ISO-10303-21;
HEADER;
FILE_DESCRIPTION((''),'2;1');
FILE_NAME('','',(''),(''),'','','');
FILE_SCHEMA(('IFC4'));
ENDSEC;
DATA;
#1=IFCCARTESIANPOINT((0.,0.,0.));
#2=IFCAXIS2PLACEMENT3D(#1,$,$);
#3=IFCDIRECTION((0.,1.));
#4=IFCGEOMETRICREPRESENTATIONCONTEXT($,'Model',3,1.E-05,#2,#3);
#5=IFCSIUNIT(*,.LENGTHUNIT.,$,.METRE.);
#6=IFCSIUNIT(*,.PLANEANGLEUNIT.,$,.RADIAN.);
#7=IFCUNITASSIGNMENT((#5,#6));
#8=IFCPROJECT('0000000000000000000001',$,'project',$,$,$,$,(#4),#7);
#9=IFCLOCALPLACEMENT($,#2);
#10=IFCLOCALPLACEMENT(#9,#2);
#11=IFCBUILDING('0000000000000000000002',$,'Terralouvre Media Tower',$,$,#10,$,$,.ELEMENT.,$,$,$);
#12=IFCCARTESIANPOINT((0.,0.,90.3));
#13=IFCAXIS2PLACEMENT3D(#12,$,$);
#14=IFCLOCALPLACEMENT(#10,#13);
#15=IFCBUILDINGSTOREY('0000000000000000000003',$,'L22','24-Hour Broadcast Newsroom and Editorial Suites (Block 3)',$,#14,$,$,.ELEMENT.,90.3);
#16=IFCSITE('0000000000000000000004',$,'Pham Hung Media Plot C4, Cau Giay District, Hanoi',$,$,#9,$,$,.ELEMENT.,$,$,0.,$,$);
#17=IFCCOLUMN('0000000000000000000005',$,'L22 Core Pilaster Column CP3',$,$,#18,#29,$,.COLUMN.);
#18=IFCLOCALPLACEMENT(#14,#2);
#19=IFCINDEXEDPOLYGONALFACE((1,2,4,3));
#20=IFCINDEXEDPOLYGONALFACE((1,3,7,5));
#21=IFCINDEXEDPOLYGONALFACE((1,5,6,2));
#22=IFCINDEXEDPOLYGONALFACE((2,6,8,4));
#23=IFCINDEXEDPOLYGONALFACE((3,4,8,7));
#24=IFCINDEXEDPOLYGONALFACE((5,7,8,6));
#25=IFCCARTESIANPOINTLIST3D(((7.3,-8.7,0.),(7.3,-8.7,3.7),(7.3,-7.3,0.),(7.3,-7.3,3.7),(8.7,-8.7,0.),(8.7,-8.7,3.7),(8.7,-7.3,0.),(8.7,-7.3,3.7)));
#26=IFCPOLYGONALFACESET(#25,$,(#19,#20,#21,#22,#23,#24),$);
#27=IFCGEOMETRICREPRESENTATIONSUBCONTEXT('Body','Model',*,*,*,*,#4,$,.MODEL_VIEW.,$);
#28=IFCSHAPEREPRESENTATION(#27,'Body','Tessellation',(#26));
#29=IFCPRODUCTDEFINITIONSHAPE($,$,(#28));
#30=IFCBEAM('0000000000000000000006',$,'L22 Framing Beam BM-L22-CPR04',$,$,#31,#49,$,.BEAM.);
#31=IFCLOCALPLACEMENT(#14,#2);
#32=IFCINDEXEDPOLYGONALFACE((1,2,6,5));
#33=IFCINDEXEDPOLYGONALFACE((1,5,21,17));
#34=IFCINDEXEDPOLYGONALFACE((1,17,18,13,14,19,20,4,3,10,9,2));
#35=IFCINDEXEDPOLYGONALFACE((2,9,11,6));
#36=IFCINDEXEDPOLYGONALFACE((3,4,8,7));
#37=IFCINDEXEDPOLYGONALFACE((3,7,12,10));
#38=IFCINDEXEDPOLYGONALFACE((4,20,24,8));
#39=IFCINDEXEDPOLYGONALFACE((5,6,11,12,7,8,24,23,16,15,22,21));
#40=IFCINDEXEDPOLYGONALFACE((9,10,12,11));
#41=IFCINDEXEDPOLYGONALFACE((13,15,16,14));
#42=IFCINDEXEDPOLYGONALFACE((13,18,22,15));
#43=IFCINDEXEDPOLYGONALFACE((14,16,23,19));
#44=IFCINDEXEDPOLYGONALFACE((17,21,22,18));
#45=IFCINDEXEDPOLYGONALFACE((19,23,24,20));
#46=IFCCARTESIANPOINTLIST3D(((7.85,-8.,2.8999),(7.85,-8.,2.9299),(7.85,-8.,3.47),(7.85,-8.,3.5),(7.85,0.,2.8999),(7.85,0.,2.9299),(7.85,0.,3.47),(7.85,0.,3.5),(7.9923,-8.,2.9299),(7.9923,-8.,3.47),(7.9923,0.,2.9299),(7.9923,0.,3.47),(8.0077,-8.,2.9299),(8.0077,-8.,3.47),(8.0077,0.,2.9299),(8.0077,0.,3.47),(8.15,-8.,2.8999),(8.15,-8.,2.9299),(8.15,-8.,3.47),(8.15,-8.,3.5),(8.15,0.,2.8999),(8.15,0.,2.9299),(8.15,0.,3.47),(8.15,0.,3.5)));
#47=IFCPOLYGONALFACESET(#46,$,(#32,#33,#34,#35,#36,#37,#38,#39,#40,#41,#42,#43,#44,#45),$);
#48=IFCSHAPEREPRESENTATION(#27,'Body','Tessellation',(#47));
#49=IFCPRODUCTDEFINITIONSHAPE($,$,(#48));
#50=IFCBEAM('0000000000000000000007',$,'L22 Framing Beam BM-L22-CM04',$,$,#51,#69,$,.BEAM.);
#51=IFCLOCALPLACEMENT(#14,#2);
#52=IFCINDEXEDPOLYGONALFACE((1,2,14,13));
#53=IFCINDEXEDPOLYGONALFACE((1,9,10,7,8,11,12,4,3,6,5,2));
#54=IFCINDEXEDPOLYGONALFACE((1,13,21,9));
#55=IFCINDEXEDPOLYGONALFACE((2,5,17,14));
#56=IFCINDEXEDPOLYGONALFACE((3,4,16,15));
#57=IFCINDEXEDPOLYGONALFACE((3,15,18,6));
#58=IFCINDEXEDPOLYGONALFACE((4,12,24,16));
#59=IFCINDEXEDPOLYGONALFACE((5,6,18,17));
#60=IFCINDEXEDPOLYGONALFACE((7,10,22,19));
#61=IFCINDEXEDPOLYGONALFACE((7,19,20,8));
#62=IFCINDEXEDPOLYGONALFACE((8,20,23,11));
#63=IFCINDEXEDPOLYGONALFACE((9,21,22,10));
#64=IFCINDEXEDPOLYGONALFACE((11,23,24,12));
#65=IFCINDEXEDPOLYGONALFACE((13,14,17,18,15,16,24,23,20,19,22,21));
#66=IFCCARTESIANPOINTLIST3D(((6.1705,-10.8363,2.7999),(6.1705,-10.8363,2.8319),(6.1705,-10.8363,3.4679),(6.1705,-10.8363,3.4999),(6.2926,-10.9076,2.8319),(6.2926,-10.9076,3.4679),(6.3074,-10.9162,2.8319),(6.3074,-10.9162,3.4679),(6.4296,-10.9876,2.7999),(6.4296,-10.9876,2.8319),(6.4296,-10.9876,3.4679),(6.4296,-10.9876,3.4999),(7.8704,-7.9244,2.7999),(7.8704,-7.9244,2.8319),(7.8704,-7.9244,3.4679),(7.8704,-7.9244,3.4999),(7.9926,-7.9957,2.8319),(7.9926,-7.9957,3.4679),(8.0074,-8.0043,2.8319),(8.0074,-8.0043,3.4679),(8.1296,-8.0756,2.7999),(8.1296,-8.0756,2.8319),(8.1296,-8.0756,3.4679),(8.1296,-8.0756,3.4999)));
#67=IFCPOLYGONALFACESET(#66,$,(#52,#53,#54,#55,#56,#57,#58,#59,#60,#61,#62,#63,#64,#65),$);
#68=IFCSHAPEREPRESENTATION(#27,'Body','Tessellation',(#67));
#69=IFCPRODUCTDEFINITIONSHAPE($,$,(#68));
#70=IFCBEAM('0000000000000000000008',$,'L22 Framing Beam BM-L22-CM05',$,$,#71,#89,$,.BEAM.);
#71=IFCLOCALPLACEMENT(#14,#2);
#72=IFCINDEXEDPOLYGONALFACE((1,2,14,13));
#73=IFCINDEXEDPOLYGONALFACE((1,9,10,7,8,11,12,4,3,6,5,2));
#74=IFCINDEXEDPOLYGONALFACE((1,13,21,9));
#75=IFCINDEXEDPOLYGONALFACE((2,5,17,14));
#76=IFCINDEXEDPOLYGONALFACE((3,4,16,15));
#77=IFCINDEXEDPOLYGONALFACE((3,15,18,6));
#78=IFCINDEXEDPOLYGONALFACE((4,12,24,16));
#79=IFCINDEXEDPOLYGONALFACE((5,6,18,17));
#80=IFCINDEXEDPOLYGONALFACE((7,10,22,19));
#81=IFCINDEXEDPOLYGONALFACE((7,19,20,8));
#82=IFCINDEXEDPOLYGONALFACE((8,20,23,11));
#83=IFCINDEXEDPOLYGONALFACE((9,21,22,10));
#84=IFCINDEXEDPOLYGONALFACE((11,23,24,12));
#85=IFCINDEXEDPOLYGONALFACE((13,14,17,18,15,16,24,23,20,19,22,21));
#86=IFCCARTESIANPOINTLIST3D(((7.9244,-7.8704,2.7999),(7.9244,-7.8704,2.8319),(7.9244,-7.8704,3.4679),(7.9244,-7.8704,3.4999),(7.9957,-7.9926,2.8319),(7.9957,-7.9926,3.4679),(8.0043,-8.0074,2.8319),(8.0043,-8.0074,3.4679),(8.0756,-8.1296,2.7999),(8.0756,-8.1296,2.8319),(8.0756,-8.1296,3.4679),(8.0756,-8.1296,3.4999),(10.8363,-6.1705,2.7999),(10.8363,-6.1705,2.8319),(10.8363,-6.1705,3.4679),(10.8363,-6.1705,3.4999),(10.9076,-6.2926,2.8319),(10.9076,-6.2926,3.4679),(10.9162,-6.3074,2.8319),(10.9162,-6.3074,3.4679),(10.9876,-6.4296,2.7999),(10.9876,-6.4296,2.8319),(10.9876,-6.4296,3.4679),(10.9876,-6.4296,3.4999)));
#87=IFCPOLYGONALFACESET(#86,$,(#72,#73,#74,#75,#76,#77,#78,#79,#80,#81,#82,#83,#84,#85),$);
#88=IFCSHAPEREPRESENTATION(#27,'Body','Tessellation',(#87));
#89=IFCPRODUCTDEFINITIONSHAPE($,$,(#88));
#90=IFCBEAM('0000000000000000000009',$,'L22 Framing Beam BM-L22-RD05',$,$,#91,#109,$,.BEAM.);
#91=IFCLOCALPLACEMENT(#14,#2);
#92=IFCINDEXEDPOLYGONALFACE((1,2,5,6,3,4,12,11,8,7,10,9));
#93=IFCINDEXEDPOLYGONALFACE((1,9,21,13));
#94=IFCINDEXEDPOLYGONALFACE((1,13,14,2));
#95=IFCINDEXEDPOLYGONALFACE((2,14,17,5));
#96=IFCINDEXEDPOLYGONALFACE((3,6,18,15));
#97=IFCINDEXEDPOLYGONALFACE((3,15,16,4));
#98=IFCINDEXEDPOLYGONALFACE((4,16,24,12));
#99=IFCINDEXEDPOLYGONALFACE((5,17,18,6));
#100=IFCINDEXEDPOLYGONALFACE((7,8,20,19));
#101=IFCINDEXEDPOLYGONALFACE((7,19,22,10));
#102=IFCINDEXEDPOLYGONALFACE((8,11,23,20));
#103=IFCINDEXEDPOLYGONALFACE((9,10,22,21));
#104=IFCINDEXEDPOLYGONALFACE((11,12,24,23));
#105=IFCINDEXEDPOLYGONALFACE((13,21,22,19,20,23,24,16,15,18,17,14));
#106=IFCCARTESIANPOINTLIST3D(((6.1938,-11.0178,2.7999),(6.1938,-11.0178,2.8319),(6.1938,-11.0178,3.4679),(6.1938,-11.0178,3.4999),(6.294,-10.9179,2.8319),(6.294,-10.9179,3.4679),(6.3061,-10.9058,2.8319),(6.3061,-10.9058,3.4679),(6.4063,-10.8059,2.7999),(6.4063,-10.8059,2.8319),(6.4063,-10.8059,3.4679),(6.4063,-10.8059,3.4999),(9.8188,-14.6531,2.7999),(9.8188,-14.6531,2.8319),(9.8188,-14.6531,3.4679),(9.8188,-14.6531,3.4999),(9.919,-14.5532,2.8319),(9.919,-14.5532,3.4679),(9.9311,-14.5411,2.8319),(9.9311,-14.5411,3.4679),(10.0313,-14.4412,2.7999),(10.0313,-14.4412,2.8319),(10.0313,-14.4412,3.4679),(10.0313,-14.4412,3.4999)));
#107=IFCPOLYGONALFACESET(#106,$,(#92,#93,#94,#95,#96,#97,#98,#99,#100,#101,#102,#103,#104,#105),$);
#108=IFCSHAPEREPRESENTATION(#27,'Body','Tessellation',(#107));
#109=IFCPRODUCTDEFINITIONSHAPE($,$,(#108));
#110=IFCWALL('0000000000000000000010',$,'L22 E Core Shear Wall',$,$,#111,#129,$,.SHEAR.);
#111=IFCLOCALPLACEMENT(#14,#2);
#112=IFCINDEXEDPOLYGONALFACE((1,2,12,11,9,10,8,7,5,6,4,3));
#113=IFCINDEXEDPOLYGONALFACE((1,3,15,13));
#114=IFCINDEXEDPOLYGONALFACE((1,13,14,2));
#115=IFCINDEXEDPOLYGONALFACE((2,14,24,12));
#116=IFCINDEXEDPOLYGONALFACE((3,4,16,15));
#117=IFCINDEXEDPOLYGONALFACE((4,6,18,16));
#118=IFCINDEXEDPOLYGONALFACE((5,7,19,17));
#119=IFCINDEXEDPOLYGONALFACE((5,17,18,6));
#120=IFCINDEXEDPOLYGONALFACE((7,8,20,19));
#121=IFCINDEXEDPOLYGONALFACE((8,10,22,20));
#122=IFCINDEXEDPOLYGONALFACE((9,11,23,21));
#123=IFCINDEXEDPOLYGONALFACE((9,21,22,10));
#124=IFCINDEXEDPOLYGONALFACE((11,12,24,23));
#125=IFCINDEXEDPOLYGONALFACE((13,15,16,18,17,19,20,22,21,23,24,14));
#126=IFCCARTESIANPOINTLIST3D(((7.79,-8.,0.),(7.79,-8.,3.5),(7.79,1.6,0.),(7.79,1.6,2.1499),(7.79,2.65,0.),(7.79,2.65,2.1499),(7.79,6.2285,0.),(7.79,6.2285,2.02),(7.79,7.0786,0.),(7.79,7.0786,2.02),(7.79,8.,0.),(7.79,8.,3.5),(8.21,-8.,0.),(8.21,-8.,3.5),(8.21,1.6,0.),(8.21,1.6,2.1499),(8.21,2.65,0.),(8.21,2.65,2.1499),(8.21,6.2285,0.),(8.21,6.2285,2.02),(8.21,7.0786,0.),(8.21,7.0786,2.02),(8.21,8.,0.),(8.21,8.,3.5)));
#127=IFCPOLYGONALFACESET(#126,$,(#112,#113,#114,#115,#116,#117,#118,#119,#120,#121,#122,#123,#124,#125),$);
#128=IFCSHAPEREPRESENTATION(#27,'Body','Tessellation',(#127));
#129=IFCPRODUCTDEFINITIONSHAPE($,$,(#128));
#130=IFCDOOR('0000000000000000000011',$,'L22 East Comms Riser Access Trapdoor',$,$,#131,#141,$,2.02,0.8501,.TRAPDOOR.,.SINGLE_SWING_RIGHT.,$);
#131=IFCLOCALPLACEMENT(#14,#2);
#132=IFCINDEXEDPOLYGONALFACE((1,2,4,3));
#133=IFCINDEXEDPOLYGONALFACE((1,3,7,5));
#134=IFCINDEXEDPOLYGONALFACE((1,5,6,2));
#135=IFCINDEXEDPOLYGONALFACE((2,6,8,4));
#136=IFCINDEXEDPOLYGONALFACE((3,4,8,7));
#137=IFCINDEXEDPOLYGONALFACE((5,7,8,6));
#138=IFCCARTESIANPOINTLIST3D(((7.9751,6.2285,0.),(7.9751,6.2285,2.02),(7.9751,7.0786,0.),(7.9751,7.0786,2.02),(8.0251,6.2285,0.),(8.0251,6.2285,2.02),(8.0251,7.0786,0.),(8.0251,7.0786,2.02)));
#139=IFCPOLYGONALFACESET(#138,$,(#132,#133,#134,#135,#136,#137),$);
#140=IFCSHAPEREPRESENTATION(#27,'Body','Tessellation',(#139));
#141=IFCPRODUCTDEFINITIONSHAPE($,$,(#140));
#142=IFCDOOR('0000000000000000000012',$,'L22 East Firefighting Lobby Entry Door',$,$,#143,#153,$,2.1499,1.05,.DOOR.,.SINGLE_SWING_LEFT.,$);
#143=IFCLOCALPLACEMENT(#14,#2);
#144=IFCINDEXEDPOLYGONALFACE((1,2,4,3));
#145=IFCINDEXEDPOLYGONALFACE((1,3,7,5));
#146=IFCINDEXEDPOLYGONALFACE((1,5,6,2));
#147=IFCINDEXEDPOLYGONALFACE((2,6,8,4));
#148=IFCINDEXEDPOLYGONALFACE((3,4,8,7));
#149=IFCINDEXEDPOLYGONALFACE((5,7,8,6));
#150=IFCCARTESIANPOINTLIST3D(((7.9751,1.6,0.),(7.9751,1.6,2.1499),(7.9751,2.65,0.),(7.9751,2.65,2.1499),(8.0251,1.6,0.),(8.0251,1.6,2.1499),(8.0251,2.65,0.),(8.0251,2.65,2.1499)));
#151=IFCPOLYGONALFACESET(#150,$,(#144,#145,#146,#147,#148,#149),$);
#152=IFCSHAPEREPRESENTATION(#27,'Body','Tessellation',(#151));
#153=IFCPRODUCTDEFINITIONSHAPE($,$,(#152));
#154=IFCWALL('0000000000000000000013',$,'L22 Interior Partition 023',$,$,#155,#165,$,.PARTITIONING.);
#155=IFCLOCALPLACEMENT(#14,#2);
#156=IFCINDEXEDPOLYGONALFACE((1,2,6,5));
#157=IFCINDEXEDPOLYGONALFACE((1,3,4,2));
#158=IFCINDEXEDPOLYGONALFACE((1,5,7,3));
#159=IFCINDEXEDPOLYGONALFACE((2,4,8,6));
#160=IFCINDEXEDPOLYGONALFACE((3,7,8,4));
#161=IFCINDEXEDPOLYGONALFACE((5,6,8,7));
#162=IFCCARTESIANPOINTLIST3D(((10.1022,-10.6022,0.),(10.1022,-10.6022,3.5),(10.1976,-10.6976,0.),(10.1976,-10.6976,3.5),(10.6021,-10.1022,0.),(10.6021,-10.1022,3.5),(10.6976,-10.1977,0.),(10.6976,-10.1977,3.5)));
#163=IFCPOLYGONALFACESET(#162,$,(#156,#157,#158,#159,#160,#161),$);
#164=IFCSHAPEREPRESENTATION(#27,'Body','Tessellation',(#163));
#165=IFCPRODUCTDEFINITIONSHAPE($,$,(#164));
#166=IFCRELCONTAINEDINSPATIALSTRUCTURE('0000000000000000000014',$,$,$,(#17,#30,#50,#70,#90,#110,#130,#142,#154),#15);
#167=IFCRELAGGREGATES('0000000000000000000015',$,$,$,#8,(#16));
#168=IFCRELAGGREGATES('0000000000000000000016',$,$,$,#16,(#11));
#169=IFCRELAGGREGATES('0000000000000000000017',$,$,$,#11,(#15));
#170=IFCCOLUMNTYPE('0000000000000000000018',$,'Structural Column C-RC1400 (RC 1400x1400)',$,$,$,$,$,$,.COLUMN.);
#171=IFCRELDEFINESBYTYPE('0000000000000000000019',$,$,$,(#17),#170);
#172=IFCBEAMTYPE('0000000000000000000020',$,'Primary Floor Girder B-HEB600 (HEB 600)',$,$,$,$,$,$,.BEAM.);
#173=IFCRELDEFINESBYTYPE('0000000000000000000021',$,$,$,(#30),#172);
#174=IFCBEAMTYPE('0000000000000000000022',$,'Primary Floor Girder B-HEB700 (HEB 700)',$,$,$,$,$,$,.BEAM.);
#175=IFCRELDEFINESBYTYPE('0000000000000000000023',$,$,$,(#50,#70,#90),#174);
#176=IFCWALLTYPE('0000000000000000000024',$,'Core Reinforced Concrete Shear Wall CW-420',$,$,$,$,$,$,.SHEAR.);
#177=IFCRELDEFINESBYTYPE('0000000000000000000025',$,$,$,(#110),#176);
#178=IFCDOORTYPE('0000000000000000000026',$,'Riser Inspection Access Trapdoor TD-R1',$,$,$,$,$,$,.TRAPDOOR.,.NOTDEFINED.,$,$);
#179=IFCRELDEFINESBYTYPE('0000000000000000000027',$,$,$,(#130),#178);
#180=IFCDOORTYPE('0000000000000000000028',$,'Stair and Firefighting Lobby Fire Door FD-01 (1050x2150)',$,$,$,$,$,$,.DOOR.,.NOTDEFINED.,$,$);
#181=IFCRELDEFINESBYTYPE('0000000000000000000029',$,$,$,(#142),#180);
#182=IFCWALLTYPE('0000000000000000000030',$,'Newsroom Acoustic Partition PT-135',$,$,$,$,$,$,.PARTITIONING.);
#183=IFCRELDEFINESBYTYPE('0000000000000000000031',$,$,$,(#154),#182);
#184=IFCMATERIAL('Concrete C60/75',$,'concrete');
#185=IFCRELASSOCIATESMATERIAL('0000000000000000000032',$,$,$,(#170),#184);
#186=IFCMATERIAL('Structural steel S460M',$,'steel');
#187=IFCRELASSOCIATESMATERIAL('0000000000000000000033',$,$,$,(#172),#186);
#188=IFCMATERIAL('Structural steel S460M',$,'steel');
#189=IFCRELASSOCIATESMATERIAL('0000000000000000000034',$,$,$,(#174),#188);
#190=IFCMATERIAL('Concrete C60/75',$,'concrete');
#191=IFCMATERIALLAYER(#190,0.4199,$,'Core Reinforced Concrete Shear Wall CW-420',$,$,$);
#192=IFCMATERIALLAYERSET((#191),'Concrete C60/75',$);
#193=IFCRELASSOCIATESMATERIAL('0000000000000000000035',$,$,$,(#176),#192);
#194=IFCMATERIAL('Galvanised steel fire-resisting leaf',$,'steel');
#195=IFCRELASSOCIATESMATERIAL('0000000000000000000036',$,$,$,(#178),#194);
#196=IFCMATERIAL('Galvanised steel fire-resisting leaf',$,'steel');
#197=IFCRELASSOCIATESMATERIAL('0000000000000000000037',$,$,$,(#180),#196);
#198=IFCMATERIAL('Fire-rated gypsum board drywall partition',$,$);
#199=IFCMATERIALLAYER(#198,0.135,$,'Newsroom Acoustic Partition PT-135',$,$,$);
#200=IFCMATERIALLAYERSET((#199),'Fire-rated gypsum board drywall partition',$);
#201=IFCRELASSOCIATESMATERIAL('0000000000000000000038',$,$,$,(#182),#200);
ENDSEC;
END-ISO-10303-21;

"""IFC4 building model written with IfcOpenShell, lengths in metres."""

from ifc_helpers import new_model, si_unit, direction, frame, frame_2d, origin, origin_2d, place, context, subcontext, project, spatial, rectangle, i_section, extrude, material, layer, layer_set, material_profile, profile_set, type_object, element, fill, save


model = new_model("IFC4")

# Units and contexts
model_context = context("Model", 3, precision=1e-05, world=origin(), true_north=direction((0.0, 1.0)))
body_context = subcontext(model_context, "Body", "Model", "MODEL_VIEW")
ifc_project = project(units=[si_unit("LENGTHUNIT", "METRE"), si_unit("PLANEANGLEUNIT", "RADIAN")], contexts=[model_context])

# Site, building, storey
site_placement = place(None, origin())
site = spatial("IfcSite", under=ifc_project, at=site_placement, Name="Pham Hung Media Plot C4, Cau Giay District, Hanoi", CompositionType="ELEMENT", RefElevation=0.0)
building_placement = place(site_placement, origin())
building = spatial("IfcBuilding", under=site, at=building_placement, Name="Terralouvre Media Tower", CompositionType="ELEMENT")
storey_placement = place(building_placement, frame((0.0, 0.0, 90.3)))
storey = spatial("IfcBuildingStorey", under=building, at=storey_placement, Name="L22", Description="24-Hour Broadcast Newsroom and Editorial Suites (Block 3)", CompositionType="ELEMENT", Elevation=90.3)

# Column
ifc_material_1 = material(Name="Concrete C60/75", Category="concrete")
ifc_material_profile_1 = material_profile(ifc_material_1, rectangle(XDim=1.3999, YDim=1.3999, at=origin_2d()), Name="RC 1400x1400")
ifc_profile_set_1 = profile_set([ifc_material_profile_1], Name="Concrete C60/75")
column_type = type_object("IfcColumnType", Name="Structural Column C-RC1400 (RC 1400x1400)", PredefinedType="COLUMN", material=ifc_profile_set_1)
column_placement = place(storey_placement, frame((8.0, -8.0, 0.0), z_axis=(0.0, 0.0, 1.0), x_axis=(1.0, 0.0, 0.0)))
element("IfcColumn", 1, at=column_placement, inside=storey, type_object=column_type, Name="L22 Core Pilaster Column CP3", PredefinedType="COLUMN", context=body_context, shape_type="SweptSolid", body=[
    extrude(rectangle(XDim=1.3999, YDim=1.3999, at=origin_2d()), origin(), (0.0, 0.0, 1.0), 3.7),
])

# Beams
ifc_material_2 = material(Name="Structural steel S460M", Category="steel")
ifc_material_profile_2 = material_profile(ifc_material_2, i_section(OverallWidth=0.3, OverallDepth=0.6001, WebThickness=0.0154, FlangeThickness=0.03, at=origin_2d()), Name="HEB 600")
ifc_profile_set_2 = profile_set([ifc_material_profile_2], Name="Structural steel S460M")
beam_type_1 = type_object("IfcBeamType", Name="Primary Floor Girder B-HEB600 (HEB 600)", PredefinedType="BEAM", material=ifc_profile_set_2)
beam_1_placement = place(storey_placement, frame((8.0, -8.0, 3.2), z_axis=(0.0, 1.0, 0.0), x_axis=(-1.0, 0.0, 0.0)))
element("IfcBeam", 2, at=beam_1_placement, inside=storey, type_object=beam_type_1, Name="L22 Framing Beam BM-L22-CPR04", PredefinedType="BEAM", context=body_context, shape_type="SweptSolid", body=[
    extrude(i_section(OverallWidth=0.3, OverallDepth=0.6001, WebThickness=0.0154, FlangeThickness=0.03, at=origin_2d()), origin(), (0.0, 0.0, 1.0), 8.0),
])
ifc_material_3 = material(Name="Structural steel S460M", Category="steel")
ifc_material_profile_3 = material_profile(ifc_material_3, i_section(OverallWidth=0.3, OverallDepth=0.7, WebThickness=0.0171, FlangeThickness=0.032, at=origin_2d()), Name="HEB 700")
ifc_profile_set_3 = profile_set([ifc_material_profile_3], Name="Structural steel S460M")
beam_type_2 = type_object("IfcBeamType", Name="Primary Floor Girder B-HEB700 (HEB 700)", PredefinedType="BEAM", material=ifc_profile_set_3)
for number, where, z_axis, x_axis, name in (
    (3, (8.0, -8.0, 3.1499), (-0.504173, -0.863603, 0.0), (0.863603, -0.504173, 0.0), "L22 Framing Beam BM-L22-CM04"),
    (4, (8.0, -8.0, 3.1499), (0.863603, 0.504173, 0.0), (-0.504173, 0.863603, 0.0), "L22 Framing Beam BM-L22-CM05"),
):
    element("IfcBeam", number, at=place(storey_placement, frame(where, z_axis=z_axis, x_axis=x_axis)), inside=storey, type_object=beam_type_2, Name=name, PredefinedType="BEAM", context=body_context, shape_type="SweptSolid", body=[
        extrude(i_section(OverallWidth=0.3, OverallDepth=0.7, WebThickness=0.0171, FlangeThickness=0.032, at=origin_2d()), origin(), (0.0, 0.0, 1.0), 3.3718),
    ])
beam_2_placement = place(storey_placement, frame((6.3, -10.9119, 3.1499), z_axis=(0.706107, -0.708105, 0.0), x_axis=(0.708105, 0.706107, 0.0)))
element("IfcBeam", 5, at=beam_2_placement, inside=storey, type_object=beam_type_2, Name="L22 Framing Beam BM-L22-RD05", PredefinedType="BEAM", context=body_context, shape_type="SweptSolid", body=[
    extrude(i_section(OverallWidth=0.3, OverallDepth=0.7, WebThickness=0.0171, FlangeThickness=0.032, at=origin_2d()), origin(), (0.0, 0.0, 1.0), 5.1338),
])

# Wall, openings, doors
ifc_material_4 = material(Name="Concrete C60/75", Category="concrete")
ifc_layer_1 = layer(ifc_material_4, 0.4199, Name="Core Reinforced Concrete Shear Wall CW-420")
ifc_layer_set_1 = layer_set([ifc_layer_1], Name="Concrete C60/75")
wall_type_1 = type_object("IfcWallType", Name="Core Reinforced Concrete Shear Wall CW-420", PredefinedType="SHEAR", material=ifc_layer_set_1)
wall_1_placement = place(storey_placement, frame((8.0, -8.0, 0.0), z_axis=(0.0, 0.0, 1.0), x_axis=(0.0, 1.0, 0.0)))
wall_1 = element("IfcWall", 6, at=wall_1_placement, inside=storey, type_object=wall_type_1, Name="L22 E Core Shear Wall", PredefinedType="SHEAR", context=body_context, shape_type="SweptSolid", body=[
    extrude(rectangle(XDim=16.0, YDim=0.4199, at=frame_2d((8.0, 0.0))), origin(), (0.0, 0.0, 1.0), 3.5),
])
opening_1_placement = place(wall_1_placement, frame((9.6001, 0.0, 0.0)))
opening_1 = element("IfcOpeningElement", 7, at=opening_1_placement, cuts=wall_1, PredefinedType="OPENING", context=body_context, shape_type="SweptSolid", body=[
    extrude(rectangle(XDim=1.05, YDim=2.1499, at=frame_2d((0.5249, 1.075))), frame((0.0, 0.22, 0.0), z_axis=(0.0, -1.0, 0.0), x_axis=(1.0, 0.0, 0.0)), (0.0, 0.0, 1.0), 0.4399),
])
opening_2_placement = place(wall_1_placement, frame((14.2285, 0.0, 0.0)))
opening_2 = element("IfcOpeningElement", 8, at=opening_2_placement, cuts=wall_1, PredefinedType="OPENING", context=body_context, shape_type="SweptSolid", body=[
    extrude(rectangle(XDim=0.8501, YDim=2.02, at=frame_2d((0.425, 1.01))), frame((0.0, 0.22, 0.0), z_axis=(0.0, -1.0, 0.0), x_axis=(1.0, 0.0, 0.0)), (0.0, 0.0, 1.0), 0.4399),
])
ifc_material_5 = material(Name="Galvanised steel fire-resisting leaf", Category="steel")
door_type_1 = type_object("IfcDoorType", Name="Riser Inspection Access Trapdoor TD-R1", OperationType="NOTDEFINED", PredefinedType="TRAPDOOR", material=ifc_material_5)
door_1_placement = place(opening_2_placement, origin())
door_1 = element("IfcDoor", 9, at=door_1_placement, inside=storey, type_object=door_type_1, Name="L22 East Comms Riser Access Trapdoor", OperationType="SINGLE_SWING_RIGHT", OverallHeight=2.02, OverallWidth=0.8501, PredefinedType="TRAPDOOR", context=body_context, shape_type="SweptSolid", body=[
    extrude(rectangle(XDim=0.8501, YDim=2.02, at=frame_2d((0.425, 1.01))), frame((0.0, 0.0249, 0.0), z_axis=(0.0, -1.0, 0.0), x_axis=(1.0, 0.0, 0.0)), (0.0, 0.0, 1.0), 0.05),
])
fill(opening_2, door_1)
ifc_material_6 = material(Name="Galvanised steel fire-resisting leaf", Category="steel")
door_type_2 = type_object("IfcDoorType", Name="Stair and Firefighting Lobby Fire Door FD-01 (1050x2150)", OperationType="NOTDEFINED", PredefinedType="DOOR", material=ifc_material_6)
door_2_placement = place(opening_1_placement, origin())
door_2 = element("IfcDoor", 10, at=door_2_placement, inside=storey, type_object=door_type_2, Name="L22 East Firefighting Lobby Entry Door", OperationType="SINGLE_SWING_LEFT", OverallHeight=2.1499, OverallWidth=1.05, PredefinedType="DOOR", context=body_context, shape_type="SweptSolid", body=[
    extrude(rectangle(XDim=1.05, YDim=2.1499, at=frame_2d((0.5249, 1.075))), frame((0.0, 0.0249, 0.0), z_axis=(0.0, -1.0, 0.0), x_axis=(1.0, 0.0, 0.0)), (0.0, 0.0, 1.0), 0.05),
])
fill(opening_1, door_2)

# Wall
ifc_material_7 = material(Name="Fire-rated gypsum board drywall partition")
ifc_layer_2 = layer(ifc_material_7, 0.135, Name="Newsroom Acoustic Partition PT-135")
ifc_layer_set_2 = layer_set([ifc_layer_2], Name="Fire-rated gypsum board drywall partition")
wall_type_2 = type_object("IfcWallType", Name="Newsroom Acoustic Partition PT-135", PredefinedType="PARTITIONING", material=ifc_layer_set_2)
wall_2_placement = place(storey_placement, frame((10.1499, -10.6499, 0.0), z_axis=(0.0, 0.0, 1.0), x_axis=(0.707107, 0.707107, 0.0)))
element("IfcWall", 11, at=wall_2_placement, inside=storey, type_object=wall_type_2, Name="L22 Interior Partition 023", PredefinedType="PARTITIONING", context=body_context, shape_type="SweptSolid", body=[
    extrude(rectangle(XDim=0.707, YDim=0.135, at=frame_2d((0.3535, 0.0))), origin(), (0.0, 0.0, 1.0), 3.5),
])

save(model, "model.ifc")
